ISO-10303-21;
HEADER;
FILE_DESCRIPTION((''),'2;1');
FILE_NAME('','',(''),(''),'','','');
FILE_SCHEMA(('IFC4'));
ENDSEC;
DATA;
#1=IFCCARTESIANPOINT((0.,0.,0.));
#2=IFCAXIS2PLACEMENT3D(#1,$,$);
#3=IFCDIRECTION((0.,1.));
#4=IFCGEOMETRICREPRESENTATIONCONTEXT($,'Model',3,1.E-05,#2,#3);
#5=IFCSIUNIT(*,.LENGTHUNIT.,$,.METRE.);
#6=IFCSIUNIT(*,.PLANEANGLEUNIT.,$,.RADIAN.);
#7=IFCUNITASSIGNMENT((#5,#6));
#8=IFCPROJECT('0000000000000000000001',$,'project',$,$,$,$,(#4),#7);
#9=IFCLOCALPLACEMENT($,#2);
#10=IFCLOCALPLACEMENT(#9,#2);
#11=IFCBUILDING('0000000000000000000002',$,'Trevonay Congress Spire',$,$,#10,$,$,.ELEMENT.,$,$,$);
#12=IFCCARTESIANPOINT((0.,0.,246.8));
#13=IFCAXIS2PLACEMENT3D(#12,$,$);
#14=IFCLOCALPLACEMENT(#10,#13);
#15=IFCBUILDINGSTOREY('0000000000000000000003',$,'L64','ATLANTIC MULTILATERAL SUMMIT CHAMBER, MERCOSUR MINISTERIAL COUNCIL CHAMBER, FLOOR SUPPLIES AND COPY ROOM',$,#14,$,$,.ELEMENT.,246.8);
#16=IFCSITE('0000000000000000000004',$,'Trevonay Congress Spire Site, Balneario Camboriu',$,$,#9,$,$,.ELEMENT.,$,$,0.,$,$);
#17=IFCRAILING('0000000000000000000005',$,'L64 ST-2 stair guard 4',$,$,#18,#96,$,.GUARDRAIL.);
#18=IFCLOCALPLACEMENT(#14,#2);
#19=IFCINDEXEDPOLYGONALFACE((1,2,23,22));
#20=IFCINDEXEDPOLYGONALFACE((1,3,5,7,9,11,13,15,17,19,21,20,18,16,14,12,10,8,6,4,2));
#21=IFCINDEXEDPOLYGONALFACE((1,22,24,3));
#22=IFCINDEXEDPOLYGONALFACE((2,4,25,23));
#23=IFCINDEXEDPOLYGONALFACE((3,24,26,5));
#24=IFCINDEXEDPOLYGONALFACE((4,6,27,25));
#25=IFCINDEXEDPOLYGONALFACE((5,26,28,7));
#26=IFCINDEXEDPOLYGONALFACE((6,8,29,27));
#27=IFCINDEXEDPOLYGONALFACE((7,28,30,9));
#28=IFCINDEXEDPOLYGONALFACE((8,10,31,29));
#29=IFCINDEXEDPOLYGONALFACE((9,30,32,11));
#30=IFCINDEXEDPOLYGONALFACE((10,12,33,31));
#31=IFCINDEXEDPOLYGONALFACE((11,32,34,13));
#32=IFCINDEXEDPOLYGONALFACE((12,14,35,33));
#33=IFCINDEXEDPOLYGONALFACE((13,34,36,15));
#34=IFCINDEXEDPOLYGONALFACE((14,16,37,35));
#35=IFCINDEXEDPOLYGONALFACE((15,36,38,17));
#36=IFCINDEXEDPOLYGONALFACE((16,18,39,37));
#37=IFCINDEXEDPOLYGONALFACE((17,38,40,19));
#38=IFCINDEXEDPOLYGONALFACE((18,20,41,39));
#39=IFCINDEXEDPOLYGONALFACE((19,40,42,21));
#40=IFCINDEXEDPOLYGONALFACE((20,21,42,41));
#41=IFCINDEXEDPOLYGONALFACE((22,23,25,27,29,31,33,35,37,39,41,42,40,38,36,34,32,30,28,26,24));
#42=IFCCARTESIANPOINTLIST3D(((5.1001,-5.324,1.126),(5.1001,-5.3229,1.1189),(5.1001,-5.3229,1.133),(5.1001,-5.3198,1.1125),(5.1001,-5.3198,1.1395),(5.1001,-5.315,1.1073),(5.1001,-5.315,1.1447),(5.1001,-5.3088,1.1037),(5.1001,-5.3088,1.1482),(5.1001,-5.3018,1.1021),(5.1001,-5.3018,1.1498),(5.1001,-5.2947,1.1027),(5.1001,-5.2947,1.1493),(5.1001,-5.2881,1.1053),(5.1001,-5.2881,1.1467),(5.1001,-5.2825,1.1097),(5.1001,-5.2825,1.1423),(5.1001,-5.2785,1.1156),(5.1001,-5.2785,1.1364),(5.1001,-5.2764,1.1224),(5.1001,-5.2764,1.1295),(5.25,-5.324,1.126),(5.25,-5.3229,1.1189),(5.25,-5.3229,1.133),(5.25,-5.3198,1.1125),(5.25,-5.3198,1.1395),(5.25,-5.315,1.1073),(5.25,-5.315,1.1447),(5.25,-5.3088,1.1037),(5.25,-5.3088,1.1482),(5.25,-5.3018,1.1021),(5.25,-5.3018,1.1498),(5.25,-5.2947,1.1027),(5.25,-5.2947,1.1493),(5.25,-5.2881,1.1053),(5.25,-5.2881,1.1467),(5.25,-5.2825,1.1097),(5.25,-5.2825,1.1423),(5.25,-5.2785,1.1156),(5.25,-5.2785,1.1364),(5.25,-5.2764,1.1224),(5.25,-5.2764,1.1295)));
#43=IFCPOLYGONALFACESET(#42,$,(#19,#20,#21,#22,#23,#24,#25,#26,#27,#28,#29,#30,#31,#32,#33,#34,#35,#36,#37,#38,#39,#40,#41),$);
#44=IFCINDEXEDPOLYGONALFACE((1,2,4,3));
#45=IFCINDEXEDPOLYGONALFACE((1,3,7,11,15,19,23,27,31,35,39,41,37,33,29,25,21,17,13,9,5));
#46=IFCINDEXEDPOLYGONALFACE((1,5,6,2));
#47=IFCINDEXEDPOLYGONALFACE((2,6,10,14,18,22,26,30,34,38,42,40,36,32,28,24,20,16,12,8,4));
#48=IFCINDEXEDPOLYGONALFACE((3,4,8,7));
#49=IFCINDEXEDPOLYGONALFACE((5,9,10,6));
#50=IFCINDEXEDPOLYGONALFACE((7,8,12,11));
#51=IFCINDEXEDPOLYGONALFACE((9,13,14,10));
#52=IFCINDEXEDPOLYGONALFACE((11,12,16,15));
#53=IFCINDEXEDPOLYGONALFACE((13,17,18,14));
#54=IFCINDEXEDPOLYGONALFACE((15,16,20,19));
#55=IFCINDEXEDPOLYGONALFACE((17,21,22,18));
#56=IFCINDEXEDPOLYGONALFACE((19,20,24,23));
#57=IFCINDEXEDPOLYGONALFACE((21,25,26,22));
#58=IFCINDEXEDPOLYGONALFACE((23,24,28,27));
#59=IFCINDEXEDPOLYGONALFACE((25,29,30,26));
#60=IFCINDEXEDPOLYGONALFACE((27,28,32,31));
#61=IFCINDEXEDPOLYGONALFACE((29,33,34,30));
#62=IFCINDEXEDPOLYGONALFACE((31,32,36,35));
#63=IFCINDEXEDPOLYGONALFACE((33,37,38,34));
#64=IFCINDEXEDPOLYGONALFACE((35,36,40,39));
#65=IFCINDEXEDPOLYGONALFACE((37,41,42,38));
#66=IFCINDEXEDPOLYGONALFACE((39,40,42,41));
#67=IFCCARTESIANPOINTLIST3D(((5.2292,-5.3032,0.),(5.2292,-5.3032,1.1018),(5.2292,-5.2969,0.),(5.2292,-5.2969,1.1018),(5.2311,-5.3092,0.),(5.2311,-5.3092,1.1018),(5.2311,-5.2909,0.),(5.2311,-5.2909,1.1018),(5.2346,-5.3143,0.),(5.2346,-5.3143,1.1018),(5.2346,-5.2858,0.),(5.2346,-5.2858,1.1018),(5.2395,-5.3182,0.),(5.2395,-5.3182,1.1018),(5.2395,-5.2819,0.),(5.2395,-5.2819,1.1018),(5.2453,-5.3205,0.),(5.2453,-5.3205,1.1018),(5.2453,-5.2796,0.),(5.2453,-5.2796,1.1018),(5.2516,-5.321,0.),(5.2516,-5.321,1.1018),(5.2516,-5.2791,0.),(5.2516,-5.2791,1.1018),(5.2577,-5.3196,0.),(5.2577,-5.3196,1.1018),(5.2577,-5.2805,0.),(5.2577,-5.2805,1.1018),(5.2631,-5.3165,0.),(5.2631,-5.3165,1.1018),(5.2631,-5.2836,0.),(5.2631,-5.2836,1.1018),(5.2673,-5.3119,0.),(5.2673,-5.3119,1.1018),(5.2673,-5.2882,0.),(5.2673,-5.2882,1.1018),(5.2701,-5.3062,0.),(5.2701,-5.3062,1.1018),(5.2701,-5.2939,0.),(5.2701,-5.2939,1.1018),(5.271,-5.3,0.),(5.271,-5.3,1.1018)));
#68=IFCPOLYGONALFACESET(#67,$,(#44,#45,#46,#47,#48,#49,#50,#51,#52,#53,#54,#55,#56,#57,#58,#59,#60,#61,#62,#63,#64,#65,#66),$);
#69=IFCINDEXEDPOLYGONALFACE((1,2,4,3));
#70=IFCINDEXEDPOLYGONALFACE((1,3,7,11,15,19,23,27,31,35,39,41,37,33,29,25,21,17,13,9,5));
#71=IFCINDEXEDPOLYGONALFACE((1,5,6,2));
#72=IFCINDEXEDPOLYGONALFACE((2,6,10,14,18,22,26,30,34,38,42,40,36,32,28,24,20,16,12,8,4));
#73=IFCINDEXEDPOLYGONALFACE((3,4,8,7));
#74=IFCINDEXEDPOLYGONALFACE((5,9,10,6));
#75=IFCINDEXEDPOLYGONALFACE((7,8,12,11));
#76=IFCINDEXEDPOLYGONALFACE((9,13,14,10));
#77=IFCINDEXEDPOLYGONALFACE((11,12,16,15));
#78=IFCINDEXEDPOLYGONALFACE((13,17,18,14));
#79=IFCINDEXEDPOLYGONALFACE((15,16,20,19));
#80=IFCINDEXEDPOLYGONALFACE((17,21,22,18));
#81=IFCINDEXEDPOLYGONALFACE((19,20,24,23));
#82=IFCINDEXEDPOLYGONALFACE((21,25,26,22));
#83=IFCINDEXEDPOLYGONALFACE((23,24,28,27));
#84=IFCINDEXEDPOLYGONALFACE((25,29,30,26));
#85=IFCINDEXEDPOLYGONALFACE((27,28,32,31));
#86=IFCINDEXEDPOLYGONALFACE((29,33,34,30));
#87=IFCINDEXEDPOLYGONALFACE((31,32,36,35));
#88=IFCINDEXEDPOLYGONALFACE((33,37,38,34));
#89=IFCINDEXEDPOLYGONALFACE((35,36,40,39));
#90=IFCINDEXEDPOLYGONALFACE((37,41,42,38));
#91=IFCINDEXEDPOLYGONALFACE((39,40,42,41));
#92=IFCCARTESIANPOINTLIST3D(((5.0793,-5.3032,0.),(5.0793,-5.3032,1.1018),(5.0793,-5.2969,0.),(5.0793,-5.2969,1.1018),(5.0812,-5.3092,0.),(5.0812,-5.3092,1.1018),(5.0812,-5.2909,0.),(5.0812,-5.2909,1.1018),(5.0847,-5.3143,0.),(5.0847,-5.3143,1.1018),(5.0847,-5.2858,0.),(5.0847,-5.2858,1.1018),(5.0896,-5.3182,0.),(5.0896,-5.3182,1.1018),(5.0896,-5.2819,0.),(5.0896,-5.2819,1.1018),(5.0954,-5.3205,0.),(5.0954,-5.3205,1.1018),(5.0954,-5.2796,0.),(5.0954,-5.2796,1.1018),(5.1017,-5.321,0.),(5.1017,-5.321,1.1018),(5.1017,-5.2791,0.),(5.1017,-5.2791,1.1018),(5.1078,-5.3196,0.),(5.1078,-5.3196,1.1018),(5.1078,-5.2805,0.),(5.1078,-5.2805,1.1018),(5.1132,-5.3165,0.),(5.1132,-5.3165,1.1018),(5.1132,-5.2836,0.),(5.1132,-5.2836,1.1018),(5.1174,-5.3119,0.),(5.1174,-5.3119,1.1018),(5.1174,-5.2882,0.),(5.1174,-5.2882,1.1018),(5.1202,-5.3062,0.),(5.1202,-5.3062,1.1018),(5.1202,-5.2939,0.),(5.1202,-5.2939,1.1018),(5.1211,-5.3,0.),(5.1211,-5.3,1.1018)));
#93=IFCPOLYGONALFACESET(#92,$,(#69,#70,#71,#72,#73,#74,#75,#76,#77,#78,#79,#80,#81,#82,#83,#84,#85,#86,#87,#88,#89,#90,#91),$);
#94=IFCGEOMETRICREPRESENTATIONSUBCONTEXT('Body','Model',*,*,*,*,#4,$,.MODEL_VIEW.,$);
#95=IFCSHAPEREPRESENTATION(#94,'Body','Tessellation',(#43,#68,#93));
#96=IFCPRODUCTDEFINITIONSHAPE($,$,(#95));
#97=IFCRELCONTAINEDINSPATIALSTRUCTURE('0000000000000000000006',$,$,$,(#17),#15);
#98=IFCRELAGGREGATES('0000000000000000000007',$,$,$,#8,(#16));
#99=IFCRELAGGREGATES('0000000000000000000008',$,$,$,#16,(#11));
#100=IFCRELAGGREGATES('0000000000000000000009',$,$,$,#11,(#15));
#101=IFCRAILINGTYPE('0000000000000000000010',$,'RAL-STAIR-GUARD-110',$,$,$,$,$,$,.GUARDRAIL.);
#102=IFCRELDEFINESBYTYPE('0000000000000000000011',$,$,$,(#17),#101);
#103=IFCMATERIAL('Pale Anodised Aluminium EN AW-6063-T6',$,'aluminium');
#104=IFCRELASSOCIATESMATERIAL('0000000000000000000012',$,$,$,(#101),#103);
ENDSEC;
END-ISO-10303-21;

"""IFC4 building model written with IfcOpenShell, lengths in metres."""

from ifc_helpers import new_model, si_unit, direction, frame, origin, origin_2d, place, context, subcontext, project, spatial, circle, extrude, material, type_object, element, save


model = new_model("IFC4")

# Units and contexts
model_context = context("Model", 3, precision=1e-05, world=origin(), true_north=direction((0.0, 1.0)))
body_context = subcontext(model_context, "Body", "Model", "MODEL_VIEW")
ifc_project = project(units=[si_unit("LENGTHUNIT", "METRE"), si_unit("PLANEANGLEUNIT", "RADIAN")], contexts=[model_context])

# Site, building, storey
site_placement = place(None, origin())
site = spatial("IfcSite", under=ifc_project, at=site_placement, Name="Trevonay Congress Spire Site, Balneario Camboriu", CompositionType="ELEMENT", RefElevation=0.0)
building_placement = place(site_placement, origin())
building = spatial("IfcBuilding", under=site, at=building_placement, Name="Trevonay Congress Spire", CompositionType="ELEMENT")
storey_placement = place(building_placement, frame((0.0, 0.0, 246.8)))
storey = spatial("IfcBuildingStorey", under=building, at=storey_placement, Name="L64", Description="ATLANTIC MULTILATERAL SUMMIT CHAMBER, MERCOSUR MINISTERIAL COUNCIL CHAMBER, FLOOR SUPPLIES AND COPY ROOM", CompositionType="ELEMENT", Elevation=246.8)

# Shared definitions
ifc_material_1 = material(Name="Pale Anodised Aluminium EN AW-6063-T6", Category="aluminium")

# Railing
railing_type_1 = type_object("IfcRailingType", Name="RAL-STAIR-GUARD-110", PredefinedType="GUARDRAIL", material=ifc_material_1)
railing_1_placement = place(storey_placement, frame((5.25, -5.3, 0.0)))
element("IfcRailing", 1, at=railing_1_placement, inside=storey, type_object=railing_type_1, Name="L64 ST-2 stair guard 4", PredefinedType="GUARDRAIL", context=body_context, shape_type="SweptSolid", body=[
    extrude(circle(Radius=0.0239, at=origin_2d()), frame((0.0, 0.0, 1.126), z_axis=(-1.0, 0.0, 0.0), x_axis=(0.0, -1.0, 0.0)), (0.0, 0.0, 1.0), 0.1499),
    extrude(circle(Radius=0.021, at=origin_2d()), origin(), (0.0, 0.0, 1.0), 1.1018),
    extrude(circle(Radius=0.021, at=origin_2d()), frame((-0.1499, 0.0, 0.0)), (0.0, 0.0, 1.0), 1.1018),
])

save(model, "model.ifc")
